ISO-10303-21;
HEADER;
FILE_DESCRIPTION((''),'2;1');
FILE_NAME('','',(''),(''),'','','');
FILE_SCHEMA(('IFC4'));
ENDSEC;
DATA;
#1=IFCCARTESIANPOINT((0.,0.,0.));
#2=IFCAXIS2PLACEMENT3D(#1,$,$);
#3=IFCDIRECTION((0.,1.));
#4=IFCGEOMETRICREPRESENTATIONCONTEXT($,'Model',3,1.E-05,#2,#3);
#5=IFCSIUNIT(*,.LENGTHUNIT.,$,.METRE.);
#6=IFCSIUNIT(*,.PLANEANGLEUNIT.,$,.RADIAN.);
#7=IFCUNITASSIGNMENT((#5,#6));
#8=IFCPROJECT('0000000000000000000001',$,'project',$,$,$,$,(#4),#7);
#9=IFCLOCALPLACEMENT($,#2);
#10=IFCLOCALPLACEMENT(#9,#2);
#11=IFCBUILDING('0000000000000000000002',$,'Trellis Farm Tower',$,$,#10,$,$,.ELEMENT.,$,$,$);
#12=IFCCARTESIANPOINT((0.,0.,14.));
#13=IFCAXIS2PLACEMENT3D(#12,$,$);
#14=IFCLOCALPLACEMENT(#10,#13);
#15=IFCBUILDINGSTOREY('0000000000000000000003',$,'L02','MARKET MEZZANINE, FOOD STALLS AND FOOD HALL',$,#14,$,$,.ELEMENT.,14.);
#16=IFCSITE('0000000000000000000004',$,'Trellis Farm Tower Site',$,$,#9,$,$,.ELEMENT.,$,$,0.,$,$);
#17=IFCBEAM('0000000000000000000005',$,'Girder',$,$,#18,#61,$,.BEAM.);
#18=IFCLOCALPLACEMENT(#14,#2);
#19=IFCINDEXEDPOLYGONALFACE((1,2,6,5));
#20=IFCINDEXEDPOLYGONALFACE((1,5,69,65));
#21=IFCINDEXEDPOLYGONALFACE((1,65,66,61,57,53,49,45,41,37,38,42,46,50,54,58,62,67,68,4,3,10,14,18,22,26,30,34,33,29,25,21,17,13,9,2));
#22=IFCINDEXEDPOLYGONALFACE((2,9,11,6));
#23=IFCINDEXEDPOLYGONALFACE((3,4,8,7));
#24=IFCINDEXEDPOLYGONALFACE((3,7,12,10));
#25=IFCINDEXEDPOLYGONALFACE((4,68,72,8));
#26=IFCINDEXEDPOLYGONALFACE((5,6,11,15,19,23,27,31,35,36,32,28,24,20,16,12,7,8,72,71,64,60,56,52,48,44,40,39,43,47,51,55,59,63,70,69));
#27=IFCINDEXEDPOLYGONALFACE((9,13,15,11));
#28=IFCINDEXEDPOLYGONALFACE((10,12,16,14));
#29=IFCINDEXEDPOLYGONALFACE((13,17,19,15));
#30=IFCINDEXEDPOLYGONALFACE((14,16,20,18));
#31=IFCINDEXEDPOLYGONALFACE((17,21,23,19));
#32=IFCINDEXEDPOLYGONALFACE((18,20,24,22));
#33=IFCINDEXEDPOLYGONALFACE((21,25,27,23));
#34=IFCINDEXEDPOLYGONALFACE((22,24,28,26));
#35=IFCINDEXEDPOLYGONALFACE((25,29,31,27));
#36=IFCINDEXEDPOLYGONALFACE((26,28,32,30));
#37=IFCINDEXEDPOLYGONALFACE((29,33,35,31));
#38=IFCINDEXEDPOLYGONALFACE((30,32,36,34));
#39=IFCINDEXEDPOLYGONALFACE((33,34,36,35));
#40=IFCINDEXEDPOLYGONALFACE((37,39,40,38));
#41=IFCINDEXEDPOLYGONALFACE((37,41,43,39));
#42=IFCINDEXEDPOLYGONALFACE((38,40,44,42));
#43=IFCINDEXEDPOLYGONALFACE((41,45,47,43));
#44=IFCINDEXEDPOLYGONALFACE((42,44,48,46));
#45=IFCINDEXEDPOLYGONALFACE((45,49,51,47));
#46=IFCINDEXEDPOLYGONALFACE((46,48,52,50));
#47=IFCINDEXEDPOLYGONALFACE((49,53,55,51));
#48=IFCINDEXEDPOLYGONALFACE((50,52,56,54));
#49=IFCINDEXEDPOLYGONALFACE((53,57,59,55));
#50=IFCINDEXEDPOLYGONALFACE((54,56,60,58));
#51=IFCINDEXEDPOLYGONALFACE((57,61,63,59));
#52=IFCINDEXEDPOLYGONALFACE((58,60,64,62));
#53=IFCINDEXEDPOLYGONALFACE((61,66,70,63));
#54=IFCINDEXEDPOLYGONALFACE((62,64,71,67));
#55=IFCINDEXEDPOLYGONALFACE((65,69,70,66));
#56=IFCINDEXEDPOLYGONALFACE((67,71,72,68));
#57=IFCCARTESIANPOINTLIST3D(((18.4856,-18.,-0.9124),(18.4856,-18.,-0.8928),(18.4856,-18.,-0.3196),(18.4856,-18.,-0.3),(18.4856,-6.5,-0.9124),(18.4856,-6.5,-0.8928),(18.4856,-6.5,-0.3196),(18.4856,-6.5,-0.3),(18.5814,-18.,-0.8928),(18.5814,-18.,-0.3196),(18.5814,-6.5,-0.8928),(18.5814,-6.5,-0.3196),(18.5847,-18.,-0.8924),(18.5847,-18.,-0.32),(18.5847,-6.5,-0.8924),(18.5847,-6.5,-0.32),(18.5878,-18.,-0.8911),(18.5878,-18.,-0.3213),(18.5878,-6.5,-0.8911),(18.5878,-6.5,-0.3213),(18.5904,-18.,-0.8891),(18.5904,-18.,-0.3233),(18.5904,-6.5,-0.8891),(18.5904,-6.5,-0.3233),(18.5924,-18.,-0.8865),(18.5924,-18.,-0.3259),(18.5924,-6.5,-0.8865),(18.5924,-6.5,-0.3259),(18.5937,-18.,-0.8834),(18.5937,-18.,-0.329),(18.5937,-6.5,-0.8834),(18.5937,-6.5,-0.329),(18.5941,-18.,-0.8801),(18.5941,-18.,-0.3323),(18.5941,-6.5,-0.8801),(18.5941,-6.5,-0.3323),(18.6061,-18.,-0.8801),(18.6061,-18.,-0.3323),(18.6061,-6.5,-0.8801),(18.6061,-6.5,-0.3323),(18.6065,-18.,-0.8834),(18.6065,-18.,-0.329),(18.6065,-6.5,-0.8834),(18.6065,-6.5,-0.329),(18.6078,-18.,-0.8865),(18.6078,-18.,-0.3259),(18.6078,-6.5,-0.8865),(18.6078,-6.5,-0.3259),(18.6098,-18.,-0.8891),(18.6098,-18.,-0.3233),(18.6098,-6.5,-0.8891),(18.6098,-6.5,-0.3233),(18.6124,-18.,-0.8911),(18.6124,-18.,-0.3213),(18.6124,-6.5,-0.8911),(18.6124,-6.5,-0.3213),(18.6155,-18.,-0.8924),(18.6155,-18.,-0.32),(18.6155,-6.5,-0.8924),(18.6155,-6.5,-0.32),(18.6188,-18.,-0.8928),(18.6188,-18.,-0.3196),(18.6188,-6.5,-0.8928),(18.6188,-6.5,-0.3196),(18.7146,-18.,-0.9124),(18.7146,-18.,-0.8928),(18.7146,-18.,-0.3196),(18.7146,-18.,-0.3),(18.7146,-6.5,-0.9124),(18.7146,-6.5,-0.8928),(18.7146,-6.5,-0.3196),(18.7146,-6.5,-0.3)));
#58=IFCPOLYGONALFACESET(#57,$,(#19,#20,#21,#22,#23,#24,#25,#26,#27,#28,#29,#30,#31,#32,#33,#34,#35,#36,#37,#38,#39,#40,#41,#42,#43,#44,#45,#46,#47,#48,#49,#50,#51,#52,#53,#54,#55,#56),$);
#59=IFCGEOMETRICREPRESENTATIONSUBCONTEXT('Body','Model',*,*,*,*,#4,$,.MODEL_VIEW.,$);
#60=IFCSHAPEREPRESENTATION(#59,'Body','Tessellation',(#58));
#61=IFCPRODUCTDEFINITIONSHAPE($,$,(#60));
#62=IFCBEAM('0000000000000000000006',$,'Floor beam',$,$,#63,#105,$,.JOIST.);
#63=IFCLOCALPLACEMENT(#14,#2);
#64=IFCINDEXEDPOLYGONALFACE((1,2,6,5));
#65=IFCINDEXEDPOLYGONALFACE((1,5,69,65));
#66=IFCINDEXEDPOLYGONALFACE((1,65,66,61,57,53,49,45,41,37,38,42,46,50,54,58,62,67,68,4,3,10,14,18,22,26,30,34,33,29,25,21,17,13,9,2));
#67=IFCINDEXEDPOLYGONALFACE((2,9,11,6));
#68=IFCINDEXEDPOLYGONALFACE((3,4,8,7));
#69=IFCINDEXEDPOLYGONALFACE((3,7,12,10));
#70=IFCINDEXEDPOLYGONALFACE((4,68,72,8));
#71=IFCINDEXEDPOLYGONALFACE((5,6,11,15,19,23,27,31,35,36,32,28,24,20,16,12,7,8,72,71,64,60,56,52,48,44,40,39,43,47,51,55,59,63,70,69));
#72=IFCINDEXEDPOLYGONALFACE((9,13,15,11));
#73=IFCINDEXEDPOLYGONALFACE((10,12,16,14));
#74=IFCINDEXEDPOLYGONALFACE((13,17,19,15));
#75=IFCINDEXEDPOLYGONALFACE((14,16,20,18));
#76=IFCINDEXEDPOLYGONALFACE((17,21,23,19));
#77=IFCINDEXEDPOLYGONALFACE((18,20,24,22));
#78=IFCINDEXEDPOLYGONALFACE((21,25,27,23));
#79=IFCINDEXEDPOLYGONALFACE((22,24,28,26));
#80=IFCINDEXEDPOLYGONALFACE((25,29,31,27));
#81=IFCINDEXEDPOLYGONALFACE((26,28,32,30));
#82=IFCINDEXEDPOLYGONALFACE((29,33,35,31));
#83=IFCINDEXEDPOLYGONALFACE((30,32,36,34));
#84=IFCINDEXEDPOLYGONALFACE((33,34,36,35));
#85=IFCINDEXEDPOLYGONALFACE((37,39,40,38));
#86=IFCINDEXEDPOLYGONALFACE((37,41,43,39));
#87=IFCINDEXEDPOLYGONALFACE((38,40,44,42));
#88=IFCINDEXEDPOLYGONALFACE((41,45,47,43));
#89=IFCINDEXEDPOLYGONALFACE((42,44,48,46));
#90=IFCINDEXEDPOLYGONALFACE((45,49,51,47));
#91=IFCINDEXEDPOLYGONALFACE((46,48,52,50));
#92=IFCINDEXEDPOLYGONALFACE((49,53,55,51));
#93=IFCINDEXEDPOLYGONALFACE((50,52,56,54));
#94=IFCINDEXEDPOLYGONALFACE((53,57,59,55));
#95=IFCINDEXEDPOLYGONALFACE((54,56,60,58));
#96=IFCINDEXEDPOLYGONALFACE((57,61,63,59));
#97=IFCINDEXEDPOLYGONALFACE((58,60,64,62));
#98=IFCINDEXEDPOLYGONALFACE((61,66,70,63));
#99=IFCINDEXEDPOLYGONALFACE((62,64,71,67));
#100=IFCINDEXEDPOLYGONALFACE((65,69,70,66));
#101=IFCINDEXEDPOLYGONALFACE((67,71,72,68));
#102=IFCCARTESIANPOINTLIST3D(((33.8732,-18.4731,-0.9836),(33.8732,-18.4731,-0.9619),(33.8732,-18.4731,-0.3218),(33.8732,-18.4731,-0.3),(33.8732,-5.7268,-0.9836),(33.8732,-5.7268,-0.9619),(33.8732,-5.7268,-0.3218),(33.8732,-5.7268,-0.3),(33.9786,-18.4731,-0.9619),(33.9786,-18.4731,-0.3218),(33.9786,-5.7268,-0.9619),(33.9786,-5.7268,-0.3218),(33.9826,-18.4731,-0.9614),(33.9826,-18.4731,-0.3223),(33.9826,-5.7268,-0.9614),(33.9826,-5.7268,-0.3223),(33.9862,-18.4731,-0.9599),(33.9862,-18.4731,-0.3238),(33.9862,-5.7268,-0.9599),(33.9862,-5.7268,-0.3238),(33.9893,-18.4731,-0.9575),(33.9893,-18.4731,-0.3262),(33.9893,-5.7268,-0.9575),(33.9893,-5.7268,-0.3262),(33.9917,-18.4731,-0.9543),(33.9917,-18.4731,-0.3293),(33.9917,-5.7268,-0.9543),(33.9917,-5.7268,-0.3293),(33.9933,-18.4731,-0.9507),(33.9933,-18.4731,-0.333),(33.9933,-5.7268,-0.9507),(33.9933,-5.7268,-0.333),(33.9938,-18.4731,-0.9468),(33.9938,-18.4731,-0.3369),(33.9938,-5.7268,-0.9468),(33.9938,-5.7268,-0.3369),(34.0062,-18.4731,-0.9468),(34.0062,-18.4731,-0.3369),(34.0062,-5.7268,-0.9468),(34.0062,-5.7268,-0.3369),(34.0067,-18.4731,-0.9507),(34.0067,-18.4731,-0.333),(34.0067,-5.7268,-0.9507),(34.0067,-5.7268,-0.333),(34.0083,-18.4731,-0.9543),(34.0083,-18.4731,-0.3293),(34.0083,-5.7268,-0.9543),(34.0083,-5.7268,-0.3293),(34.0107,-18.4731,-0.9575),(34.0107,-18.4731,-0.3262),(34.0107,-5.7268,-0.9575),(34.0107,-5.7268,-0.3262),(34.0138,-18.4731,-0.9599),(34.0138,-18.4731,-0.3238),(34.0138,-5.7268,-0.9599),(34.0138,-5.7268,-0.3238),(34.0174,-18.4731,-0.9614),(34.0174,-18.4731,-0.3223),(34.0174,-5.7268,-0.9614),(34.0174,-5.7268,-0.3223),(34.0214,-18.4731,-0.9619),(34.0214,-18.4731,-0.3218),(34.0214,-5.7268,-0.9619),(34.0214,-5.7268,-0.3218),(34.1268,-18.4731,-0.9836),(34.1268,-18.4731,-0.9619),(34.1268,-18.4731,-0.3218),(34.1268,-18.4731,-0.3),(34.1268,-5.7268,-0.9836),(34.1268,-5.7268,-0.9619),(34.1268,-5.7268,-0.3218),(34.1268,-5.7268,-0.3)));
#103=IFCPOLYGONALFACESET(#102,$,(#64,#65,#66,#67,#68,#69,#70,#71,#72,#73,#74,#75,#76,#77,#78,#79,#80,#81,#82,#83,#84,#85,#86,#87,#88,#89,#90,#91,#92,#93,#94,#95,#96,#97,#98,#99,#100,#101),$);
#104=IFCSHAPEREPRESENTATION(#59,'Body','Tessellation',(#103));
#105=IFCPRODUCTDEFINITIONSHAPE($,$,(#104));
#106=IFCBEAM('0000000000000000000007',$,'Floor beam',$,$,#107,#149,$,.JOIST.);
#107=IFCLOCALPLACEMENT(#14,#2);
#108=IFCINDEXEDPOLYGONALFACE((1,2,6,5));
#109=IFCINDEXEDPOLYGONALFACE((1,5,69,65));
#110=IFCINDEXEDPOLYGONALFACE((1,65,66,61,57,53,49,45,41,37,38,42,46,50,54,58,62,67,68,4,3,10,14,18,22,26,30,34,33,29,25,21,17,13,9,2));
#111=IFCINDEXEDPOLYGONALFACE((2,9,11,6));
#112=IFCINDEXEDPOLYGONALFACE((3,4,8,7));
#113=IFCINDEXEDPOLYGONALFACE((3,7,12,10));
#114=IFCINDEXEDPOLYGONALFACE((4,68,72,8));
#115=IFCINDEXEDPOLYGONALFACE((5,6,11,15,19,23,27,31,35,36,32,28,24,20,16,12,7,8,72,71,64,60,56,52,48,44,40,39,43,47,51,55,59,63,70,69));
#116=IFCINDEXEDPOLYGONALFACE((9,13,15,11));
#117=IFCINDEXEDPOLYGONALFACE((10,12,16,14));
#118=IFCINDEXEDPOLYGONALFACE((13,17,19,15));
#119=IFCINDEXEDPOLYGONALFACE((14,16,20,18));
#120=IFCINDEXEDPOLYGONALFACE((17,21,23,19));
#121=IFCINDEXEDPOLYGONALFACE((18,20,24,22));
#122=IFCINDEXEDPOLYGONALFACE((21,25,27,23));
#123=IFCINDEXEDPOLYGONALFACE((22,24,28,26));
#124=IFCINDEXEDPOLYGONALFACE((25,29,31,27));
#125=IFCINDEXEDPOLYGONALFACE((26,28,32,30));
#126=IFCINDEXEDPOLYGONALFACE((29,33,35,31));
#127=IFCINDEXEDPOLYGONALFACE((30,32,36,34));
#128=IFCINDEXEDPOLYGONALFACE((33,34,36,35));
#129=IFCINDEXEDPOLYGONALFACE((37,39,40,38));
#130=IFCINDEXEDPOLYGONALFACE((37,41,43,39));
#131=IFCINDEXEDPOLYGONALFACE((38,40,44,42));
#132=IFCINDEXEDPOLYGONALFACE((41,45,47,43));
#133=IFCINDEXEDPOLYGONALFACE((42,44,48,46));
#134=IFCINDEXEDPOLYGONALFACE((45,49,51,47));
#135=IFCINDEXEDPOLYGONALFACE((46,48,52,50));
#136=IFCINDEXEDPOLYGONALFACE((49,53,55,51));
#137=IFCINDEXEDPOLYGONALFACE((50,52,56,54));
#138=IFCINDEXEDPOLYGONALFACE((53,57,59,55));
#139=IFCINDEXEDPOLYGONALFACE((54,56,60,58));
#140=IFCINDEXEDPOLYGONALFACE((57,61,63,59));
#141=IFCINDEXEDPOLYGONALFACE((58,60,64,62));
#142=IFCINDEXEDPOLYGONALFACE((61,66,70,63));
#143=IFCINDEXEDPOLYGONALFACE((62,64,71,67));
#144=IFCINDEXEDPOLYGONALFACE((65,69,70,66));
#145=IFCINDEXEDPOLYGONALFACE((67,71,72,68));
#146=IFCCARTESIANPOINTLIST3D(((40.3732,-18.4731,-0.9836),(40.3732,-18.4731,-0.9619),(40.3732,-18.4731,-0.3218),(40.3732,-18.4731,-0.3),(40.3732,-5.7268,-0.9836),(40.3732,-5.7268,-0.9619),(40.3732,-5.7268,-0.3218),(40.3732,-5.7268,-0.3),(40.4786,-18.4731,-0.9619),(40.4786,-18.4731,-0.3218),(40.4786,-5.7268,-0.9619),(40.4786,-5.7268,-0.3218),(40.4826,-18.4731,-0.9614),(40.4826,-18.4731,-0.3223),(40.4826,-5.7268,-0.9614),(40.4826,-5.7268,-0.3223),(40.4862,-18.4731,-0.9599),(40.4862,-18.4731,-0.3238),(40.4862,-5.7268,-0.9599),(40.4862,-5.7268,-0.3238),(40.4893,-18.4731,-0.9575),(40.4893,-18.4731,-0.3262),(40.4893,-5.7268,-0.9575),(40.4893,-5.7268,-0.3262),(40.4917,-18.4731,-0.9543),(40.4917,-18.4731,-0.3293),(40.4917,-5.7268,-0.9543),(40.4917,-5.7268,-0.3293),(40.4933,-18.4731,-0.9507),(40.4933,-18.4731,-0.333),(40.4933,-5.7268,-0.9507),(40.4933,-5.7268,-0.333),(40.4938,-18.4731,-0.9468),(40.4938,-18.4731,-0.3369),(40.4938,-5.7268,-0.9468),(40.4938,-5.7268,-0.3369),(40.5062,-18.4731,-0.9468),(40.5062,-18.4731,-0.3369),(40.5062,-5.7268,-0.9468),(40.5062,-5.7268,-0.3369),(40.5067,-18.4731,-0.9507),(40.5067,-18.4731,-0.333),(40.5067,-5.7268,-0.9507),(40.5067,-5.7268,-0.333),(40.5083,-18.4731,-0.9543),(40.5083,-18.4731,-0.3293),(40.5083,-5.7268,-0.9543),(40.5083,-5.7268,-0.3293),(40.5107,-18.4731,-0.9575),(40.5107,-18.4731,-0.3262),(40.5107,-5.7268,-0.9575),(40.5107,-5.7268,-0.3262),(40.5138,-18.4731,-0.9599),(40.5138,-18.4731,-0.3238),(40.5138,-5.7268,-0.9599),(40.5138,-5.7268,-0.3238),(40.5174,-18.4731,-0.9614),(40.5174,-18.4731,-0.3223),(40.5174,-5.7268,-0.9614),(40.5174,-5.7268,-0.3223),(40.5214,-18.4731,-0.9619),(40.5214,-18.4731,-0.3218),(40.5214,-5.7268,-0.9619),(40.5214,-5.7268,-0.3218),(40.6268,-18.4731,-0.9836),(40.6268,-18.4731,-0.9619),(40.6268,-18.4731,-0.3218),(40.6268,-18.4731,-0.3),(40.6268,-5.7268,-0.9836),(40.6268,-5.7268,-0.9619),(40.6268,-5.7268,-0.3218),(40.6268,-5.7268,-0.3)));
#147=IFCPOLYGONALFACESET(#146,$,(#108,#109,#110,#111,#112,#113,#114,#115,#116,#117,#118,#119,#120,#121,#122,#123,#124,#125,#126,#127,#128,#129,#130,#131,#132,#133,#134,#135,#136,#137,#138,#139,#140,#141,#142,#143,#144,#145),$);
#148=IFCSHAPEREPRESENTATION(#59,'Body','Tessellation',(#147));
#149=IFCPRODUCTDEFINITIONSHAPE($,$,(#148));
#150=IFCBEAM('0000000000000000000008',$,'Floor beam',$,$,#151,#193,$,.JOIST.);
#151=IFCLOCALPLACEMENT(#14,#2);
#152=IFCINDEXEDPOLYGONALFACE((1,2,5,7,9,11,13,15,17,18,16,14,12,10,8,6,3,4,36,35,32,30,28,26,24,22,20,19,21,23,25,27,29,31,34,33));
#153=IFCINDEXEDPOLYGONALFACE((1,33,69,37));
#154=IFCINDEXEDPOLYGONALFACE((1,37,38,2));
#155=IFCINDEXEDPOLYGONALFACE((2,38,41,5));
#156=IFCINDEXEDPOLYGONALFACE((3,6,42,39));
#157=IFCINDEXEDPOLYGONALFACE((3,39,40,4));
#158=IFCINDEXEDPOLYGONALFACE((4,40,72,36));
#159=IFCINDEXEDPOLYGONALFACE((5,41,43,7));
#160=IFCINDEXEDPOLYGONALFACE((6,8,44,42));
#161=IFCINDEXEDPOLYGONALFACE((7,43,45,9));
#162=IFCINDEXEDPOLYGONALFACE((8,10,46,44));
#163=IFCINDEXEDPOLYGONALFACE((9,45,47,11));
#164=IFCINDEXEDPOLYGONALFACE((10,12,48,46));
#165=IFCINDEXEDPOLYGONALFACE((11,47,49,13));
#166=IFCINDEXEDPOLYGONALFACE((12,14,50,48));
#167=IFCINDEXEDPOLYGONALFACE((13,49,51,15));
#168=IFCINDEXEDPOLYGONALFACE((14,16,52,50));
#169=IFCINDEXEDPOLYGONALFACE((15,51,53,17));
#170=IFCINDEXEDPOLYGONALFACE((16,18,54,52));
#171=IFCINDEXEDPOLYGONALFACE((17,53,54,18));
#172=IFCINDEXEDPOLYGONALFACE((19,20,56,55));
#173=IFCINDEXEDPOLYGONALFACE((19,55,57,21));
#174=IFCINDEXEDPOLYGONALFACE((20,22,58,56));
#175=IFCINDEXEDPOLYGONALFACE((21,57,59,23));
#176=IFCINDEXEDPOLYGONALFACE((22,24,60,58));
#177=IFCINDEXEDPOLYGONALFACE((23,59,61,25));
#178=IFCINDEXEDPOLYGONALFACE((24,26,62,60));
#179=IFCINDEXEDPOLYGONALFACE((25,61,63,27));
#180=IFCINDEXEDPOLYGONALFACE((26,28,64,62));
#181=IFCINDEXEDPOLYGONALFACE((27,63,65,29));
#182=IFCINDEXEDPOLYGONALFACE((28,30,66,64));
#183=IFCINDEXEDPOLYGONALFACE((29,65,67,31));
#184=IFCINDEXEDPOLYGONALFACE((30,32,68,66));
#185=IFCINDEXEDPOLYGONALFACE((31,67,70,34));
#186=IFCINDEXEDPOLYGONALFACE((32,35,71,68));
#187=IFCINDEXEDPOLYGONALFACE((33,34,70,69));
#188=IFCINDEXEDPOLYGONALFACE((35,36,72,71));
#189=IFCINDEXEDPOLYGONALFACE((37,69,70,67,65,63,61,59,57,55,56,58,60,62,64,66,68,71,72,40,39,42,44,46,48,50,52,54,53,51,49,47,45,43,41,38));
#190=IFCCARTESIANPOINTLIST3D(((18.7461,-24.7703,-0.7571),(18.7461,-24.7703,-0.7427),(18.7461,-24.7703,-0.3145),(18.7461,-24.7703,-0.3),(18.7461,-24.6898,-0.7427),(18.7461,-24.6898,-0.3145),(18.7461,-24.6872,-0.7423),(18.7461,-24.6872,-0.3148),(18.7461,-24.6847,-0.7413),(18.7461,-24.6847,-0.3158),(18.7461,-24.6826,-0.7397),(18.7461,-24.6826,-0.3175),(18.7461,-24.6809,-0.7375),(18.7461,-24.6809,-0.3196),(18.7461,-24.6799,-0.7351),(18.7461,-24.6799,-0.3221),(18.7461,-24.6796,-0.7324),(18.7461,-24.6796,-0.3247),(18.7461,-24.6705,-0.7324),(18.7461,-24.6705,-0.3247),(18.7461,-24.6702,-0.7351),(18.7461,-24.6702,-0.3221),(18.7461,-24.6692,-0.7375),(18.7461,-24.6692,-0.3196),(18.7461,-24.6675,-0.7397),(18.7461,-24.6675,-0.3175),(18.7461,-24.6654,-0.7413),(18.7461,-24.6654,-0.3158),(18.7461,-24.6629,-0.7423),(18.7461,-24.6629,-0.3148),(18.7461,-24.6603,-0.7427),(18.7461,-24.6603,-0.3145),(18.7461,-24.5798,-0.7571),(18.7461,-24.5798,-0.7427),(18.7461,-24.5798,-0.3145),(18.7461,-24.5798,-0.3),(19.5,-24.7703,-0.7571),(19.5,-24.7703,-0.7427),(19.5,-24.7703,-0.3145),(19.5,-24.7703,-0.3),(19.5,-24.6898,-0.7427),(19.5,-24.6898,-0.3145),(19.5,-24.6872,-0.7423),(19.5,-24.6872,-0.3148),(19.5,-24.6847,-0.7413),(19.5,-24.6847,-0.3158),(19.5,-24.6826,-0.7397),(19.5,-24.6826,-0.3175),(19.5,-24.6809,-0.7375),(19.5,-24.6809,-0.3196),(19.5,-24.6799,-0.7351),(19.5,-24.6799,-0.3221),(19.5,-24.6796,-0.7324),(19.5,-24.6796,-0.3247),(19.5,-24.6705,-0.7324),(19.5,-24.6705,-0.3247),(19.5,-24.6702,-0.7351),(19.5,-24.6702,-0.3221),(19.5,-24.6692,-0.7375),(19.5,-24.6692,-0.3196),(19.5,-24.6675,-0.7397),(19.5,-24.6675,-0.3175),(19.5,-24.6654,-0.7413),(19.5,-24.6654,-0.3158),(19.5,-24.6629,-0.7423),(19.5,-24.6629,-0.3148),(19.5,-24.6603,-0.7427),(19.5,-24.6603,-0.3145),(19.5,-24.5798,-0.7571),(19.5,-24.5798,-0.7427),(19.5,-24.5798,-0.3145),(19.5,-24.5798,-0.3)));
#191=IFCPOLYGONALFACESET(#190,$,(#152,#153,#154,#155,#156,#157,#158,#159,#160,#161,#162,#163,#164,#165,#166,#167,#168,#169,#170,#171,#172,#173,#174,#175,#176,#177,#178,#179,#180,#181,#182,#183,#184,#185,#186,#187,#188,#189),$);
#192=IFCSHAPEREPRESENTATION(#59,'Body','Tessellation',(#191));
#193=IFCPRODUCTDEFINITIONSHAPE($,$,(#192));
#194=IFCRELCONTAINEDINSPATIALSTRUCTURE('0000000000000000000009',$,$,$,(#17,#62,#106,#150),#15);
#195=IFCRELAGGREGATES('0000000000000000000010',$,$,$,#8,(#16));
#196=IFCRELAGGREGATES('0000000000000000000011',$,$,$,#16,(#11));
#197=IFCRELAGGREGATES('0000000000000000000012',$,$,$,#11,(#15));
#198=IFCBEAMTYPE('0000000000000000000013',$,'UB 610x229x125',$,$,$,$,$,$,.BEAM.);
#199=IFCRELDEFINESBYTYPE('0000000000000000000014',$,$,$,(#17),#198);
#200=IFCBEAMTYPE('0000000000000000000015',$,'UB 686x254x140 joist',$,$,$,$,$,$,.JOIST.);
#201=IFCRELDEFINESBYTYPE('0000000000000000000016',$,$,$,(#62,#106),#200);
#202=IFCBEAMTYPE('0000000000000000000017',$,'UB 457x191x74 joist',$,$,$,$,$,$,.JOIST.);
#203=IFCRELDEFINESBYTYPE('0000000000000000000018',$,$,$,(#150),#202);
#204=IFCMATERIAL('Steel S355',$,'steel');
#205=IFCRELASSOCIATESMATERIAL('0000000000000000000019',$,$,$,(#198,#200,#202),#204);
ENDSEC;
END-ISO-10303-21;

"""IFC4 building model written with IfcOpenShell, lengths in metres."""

from ifc_helpers import new_model, si_unit, direction, frame, origin, origin_2d, place, context, subcontext, project, spatial, i_section, extrude, source, transform, mapped, material, material_profile, profile_set, type_object, element, save


model = new_model("IFC4")

# Units and contexts
model_context = context("Model", 3, precision=1e-05, world=origin(), true_north=direction((0.0, 1.0)))
body_context = subcontext(model_context, "Body", "Model", "MODEL_VIEW")
ifc_project = project(units=[si_unit("LENGTHUNIT", "METRE"), si_unit("PLANEANGLEUNIT", "RADIAN")], contexts=[model_context])

# Site, building, storey
site_placement = place(None, origin())
site = spatial("IfcSite", under=ifc_project, at=site_placement, Name="Trellis Farm Tower Site", CompositionType="ELEMENT", RefElevation=0.0)
building_placement = place(site_placement, origin())
building = spatial("IfcBuilding", under=site, at=building_placement, Name="Trellis Farm Tower", CompositionType="ELEMENT")
storey_placement = place(building_placement, frame((0.0, 0.0, 14.0)))
storey = spatial("IfcBuildingStorey", under=building, at=storey_placement, Name="L02", Description="MARKET MEZZANINE, FOOD STALLS AND FOOD HALL", CompositionType="ELEMENT", Elevation=14.0)

# Beams
ifc_material_1 = material(Name="Steel S355", Category="steel")
ifc_material_profile_1 = material_profile(ifc_material_1, i_section(OverallWidth=0.229, OverallDepth=0.6123, WebThickness=0.012, FlangeThickness=0.0195, FilletRadius=0.0127, at=origin_2d()), Name="UB 610x229x125")
ifc_profile_set_1 = profile_set([ifc_material_profile_1], Name="Steel S355")
beam_type_1 = type_object("IfcBeamType", Name="UB 610x229x125", PredefinedType="BEAM", material=ifc_profile_set_1)
shared_shape_1 = source(origin(), body_context, "Body", "SweptSolid", [
    extrude(i_section(OverallWidth=0.229, OverallDepth=0.6123, WebThickness=0.012, FlangeThickness=0.0195, FilletRadius=0.0127, at=origin_2d()), origin(), (0.0, 0.0, 1.0), 11.5),
])
beam_1_placement = place(storey_placement, frame((18.6001, -18.0, -0.6062), z_axis=(0.0, 1.0, 0.0), x_axis=(-1.0, 0.0, 0.0)))
element("IfcBeam", 1, at=beam_1_placement, inside=storey, type_object=beam_type_1, Name="Girder", PredefinedType="BEAM", context=body_context, shape_type="MappedRepresentation", body=[
    mapped(shared_shape_1, transform((0.0, 0.0, 0.0))),
])
ifc_material_profile_2 = material_profile(ifc_material_1, i_section(OverallWidth=0.2537, OverallDepth=0.6836, WebThickness=0.0125, FlangeThickness=0.0217, FilletRadius=0.0151, at=origin_2d()), Name="UB 686x254x140")
ifc_profile_set_2 = profile_set([ifc_material_profile_2], Name="Steel S355")
beam_type_2 = type_object("IfcBeamType", Name="UB 686x254x140 joist", PredefinedType="JOIST", material=ifc_profile_set_2)
shared_shape_2 = source(origin(), body_context, "Body", "SweptSolid", [
    extrude(i_section(OverallWidth=0.2537, OverallDepth=0.6836, WebThickness=0.0125, FlangeThickness=0.0217, FilletRadius=0.0151, at=origin_2d()), origin(), (0.0, 0.0, 1.0), 12.7463),
])
for number, where, z_axis, x_axis, name in (
    (2, (34.0, -18.4731, -0.6418), (0.0, 1.0, 0.0), (-1.0, 0.0, 0.0), "Floor beam"),
    (3, (40.5, -18.4731, -0.6418), (0.0, 1.0, 0.0), (-1.0, 0.0, 0.0), "Floor beam"),
):
    element("IfcBeam", number, at=place(storey_placement, frame(where, z_axis=z_axis, x_axis=x_axis)), inside=storey, type_object=beam_type_2, Name=name, PredefinedType="JOIST", context=body_context, shape_type="MappedRepresentation", body=[
        mapped(shared_shape_2, transform((0.0, 0.0, 0.0))),
    ])
ifc_material_profile_3 = material_profile(ifc_material_1, i_section(OverallWidth=0.1904, OverallDepth=0.457, WebThickness=0.009, FlangeThickness=0.0144, FilletRadius=0.0103, at=origin_2d()), Name="UB 457x191x74")
ifc_profile_set_3 = profile_set([ifc_material_profile_3], Name="Steel S355")
beam_type_3 = type_object("IfcBeamType", Name="UB 457x191x74 joist", PredefinedType="JOIST", material=ifc_profile_set_3)
shared_shape_3 = source(origin(), body_context, "Body", "SweptSolid", [
    extrude(i_section(OverallWidth=0.1904, OverallDepth=0.457, WebThickness=0.009, FlangeThickness=0.0144, FilletRadius=0.0103, at=origin_2d()), origin(), (0.0, 0.0, 1.0), 0.7539),
])
for number, where, z_axis, x_axis, name in (
    (4, (18.7461, -24.675, -0.5286), (1.0, 0.0, 0.0), (0.0, 1.0, 0.0), "Floor beam"),
):
    element("IfcBeam", number, at=place(storey_placement, frame(where, z_axis=z_axis, x_axis=x_axis)), inside=storey, type_object=beam_type_3, Name=name, PredefinedType="JOIST", context=body_context, shape_type="MappedRepresentation", body=[
        mapped(shared_shape_3, transform((0.0, 0.0, 0.0))),
    ])

save(model, "model.ifc")
